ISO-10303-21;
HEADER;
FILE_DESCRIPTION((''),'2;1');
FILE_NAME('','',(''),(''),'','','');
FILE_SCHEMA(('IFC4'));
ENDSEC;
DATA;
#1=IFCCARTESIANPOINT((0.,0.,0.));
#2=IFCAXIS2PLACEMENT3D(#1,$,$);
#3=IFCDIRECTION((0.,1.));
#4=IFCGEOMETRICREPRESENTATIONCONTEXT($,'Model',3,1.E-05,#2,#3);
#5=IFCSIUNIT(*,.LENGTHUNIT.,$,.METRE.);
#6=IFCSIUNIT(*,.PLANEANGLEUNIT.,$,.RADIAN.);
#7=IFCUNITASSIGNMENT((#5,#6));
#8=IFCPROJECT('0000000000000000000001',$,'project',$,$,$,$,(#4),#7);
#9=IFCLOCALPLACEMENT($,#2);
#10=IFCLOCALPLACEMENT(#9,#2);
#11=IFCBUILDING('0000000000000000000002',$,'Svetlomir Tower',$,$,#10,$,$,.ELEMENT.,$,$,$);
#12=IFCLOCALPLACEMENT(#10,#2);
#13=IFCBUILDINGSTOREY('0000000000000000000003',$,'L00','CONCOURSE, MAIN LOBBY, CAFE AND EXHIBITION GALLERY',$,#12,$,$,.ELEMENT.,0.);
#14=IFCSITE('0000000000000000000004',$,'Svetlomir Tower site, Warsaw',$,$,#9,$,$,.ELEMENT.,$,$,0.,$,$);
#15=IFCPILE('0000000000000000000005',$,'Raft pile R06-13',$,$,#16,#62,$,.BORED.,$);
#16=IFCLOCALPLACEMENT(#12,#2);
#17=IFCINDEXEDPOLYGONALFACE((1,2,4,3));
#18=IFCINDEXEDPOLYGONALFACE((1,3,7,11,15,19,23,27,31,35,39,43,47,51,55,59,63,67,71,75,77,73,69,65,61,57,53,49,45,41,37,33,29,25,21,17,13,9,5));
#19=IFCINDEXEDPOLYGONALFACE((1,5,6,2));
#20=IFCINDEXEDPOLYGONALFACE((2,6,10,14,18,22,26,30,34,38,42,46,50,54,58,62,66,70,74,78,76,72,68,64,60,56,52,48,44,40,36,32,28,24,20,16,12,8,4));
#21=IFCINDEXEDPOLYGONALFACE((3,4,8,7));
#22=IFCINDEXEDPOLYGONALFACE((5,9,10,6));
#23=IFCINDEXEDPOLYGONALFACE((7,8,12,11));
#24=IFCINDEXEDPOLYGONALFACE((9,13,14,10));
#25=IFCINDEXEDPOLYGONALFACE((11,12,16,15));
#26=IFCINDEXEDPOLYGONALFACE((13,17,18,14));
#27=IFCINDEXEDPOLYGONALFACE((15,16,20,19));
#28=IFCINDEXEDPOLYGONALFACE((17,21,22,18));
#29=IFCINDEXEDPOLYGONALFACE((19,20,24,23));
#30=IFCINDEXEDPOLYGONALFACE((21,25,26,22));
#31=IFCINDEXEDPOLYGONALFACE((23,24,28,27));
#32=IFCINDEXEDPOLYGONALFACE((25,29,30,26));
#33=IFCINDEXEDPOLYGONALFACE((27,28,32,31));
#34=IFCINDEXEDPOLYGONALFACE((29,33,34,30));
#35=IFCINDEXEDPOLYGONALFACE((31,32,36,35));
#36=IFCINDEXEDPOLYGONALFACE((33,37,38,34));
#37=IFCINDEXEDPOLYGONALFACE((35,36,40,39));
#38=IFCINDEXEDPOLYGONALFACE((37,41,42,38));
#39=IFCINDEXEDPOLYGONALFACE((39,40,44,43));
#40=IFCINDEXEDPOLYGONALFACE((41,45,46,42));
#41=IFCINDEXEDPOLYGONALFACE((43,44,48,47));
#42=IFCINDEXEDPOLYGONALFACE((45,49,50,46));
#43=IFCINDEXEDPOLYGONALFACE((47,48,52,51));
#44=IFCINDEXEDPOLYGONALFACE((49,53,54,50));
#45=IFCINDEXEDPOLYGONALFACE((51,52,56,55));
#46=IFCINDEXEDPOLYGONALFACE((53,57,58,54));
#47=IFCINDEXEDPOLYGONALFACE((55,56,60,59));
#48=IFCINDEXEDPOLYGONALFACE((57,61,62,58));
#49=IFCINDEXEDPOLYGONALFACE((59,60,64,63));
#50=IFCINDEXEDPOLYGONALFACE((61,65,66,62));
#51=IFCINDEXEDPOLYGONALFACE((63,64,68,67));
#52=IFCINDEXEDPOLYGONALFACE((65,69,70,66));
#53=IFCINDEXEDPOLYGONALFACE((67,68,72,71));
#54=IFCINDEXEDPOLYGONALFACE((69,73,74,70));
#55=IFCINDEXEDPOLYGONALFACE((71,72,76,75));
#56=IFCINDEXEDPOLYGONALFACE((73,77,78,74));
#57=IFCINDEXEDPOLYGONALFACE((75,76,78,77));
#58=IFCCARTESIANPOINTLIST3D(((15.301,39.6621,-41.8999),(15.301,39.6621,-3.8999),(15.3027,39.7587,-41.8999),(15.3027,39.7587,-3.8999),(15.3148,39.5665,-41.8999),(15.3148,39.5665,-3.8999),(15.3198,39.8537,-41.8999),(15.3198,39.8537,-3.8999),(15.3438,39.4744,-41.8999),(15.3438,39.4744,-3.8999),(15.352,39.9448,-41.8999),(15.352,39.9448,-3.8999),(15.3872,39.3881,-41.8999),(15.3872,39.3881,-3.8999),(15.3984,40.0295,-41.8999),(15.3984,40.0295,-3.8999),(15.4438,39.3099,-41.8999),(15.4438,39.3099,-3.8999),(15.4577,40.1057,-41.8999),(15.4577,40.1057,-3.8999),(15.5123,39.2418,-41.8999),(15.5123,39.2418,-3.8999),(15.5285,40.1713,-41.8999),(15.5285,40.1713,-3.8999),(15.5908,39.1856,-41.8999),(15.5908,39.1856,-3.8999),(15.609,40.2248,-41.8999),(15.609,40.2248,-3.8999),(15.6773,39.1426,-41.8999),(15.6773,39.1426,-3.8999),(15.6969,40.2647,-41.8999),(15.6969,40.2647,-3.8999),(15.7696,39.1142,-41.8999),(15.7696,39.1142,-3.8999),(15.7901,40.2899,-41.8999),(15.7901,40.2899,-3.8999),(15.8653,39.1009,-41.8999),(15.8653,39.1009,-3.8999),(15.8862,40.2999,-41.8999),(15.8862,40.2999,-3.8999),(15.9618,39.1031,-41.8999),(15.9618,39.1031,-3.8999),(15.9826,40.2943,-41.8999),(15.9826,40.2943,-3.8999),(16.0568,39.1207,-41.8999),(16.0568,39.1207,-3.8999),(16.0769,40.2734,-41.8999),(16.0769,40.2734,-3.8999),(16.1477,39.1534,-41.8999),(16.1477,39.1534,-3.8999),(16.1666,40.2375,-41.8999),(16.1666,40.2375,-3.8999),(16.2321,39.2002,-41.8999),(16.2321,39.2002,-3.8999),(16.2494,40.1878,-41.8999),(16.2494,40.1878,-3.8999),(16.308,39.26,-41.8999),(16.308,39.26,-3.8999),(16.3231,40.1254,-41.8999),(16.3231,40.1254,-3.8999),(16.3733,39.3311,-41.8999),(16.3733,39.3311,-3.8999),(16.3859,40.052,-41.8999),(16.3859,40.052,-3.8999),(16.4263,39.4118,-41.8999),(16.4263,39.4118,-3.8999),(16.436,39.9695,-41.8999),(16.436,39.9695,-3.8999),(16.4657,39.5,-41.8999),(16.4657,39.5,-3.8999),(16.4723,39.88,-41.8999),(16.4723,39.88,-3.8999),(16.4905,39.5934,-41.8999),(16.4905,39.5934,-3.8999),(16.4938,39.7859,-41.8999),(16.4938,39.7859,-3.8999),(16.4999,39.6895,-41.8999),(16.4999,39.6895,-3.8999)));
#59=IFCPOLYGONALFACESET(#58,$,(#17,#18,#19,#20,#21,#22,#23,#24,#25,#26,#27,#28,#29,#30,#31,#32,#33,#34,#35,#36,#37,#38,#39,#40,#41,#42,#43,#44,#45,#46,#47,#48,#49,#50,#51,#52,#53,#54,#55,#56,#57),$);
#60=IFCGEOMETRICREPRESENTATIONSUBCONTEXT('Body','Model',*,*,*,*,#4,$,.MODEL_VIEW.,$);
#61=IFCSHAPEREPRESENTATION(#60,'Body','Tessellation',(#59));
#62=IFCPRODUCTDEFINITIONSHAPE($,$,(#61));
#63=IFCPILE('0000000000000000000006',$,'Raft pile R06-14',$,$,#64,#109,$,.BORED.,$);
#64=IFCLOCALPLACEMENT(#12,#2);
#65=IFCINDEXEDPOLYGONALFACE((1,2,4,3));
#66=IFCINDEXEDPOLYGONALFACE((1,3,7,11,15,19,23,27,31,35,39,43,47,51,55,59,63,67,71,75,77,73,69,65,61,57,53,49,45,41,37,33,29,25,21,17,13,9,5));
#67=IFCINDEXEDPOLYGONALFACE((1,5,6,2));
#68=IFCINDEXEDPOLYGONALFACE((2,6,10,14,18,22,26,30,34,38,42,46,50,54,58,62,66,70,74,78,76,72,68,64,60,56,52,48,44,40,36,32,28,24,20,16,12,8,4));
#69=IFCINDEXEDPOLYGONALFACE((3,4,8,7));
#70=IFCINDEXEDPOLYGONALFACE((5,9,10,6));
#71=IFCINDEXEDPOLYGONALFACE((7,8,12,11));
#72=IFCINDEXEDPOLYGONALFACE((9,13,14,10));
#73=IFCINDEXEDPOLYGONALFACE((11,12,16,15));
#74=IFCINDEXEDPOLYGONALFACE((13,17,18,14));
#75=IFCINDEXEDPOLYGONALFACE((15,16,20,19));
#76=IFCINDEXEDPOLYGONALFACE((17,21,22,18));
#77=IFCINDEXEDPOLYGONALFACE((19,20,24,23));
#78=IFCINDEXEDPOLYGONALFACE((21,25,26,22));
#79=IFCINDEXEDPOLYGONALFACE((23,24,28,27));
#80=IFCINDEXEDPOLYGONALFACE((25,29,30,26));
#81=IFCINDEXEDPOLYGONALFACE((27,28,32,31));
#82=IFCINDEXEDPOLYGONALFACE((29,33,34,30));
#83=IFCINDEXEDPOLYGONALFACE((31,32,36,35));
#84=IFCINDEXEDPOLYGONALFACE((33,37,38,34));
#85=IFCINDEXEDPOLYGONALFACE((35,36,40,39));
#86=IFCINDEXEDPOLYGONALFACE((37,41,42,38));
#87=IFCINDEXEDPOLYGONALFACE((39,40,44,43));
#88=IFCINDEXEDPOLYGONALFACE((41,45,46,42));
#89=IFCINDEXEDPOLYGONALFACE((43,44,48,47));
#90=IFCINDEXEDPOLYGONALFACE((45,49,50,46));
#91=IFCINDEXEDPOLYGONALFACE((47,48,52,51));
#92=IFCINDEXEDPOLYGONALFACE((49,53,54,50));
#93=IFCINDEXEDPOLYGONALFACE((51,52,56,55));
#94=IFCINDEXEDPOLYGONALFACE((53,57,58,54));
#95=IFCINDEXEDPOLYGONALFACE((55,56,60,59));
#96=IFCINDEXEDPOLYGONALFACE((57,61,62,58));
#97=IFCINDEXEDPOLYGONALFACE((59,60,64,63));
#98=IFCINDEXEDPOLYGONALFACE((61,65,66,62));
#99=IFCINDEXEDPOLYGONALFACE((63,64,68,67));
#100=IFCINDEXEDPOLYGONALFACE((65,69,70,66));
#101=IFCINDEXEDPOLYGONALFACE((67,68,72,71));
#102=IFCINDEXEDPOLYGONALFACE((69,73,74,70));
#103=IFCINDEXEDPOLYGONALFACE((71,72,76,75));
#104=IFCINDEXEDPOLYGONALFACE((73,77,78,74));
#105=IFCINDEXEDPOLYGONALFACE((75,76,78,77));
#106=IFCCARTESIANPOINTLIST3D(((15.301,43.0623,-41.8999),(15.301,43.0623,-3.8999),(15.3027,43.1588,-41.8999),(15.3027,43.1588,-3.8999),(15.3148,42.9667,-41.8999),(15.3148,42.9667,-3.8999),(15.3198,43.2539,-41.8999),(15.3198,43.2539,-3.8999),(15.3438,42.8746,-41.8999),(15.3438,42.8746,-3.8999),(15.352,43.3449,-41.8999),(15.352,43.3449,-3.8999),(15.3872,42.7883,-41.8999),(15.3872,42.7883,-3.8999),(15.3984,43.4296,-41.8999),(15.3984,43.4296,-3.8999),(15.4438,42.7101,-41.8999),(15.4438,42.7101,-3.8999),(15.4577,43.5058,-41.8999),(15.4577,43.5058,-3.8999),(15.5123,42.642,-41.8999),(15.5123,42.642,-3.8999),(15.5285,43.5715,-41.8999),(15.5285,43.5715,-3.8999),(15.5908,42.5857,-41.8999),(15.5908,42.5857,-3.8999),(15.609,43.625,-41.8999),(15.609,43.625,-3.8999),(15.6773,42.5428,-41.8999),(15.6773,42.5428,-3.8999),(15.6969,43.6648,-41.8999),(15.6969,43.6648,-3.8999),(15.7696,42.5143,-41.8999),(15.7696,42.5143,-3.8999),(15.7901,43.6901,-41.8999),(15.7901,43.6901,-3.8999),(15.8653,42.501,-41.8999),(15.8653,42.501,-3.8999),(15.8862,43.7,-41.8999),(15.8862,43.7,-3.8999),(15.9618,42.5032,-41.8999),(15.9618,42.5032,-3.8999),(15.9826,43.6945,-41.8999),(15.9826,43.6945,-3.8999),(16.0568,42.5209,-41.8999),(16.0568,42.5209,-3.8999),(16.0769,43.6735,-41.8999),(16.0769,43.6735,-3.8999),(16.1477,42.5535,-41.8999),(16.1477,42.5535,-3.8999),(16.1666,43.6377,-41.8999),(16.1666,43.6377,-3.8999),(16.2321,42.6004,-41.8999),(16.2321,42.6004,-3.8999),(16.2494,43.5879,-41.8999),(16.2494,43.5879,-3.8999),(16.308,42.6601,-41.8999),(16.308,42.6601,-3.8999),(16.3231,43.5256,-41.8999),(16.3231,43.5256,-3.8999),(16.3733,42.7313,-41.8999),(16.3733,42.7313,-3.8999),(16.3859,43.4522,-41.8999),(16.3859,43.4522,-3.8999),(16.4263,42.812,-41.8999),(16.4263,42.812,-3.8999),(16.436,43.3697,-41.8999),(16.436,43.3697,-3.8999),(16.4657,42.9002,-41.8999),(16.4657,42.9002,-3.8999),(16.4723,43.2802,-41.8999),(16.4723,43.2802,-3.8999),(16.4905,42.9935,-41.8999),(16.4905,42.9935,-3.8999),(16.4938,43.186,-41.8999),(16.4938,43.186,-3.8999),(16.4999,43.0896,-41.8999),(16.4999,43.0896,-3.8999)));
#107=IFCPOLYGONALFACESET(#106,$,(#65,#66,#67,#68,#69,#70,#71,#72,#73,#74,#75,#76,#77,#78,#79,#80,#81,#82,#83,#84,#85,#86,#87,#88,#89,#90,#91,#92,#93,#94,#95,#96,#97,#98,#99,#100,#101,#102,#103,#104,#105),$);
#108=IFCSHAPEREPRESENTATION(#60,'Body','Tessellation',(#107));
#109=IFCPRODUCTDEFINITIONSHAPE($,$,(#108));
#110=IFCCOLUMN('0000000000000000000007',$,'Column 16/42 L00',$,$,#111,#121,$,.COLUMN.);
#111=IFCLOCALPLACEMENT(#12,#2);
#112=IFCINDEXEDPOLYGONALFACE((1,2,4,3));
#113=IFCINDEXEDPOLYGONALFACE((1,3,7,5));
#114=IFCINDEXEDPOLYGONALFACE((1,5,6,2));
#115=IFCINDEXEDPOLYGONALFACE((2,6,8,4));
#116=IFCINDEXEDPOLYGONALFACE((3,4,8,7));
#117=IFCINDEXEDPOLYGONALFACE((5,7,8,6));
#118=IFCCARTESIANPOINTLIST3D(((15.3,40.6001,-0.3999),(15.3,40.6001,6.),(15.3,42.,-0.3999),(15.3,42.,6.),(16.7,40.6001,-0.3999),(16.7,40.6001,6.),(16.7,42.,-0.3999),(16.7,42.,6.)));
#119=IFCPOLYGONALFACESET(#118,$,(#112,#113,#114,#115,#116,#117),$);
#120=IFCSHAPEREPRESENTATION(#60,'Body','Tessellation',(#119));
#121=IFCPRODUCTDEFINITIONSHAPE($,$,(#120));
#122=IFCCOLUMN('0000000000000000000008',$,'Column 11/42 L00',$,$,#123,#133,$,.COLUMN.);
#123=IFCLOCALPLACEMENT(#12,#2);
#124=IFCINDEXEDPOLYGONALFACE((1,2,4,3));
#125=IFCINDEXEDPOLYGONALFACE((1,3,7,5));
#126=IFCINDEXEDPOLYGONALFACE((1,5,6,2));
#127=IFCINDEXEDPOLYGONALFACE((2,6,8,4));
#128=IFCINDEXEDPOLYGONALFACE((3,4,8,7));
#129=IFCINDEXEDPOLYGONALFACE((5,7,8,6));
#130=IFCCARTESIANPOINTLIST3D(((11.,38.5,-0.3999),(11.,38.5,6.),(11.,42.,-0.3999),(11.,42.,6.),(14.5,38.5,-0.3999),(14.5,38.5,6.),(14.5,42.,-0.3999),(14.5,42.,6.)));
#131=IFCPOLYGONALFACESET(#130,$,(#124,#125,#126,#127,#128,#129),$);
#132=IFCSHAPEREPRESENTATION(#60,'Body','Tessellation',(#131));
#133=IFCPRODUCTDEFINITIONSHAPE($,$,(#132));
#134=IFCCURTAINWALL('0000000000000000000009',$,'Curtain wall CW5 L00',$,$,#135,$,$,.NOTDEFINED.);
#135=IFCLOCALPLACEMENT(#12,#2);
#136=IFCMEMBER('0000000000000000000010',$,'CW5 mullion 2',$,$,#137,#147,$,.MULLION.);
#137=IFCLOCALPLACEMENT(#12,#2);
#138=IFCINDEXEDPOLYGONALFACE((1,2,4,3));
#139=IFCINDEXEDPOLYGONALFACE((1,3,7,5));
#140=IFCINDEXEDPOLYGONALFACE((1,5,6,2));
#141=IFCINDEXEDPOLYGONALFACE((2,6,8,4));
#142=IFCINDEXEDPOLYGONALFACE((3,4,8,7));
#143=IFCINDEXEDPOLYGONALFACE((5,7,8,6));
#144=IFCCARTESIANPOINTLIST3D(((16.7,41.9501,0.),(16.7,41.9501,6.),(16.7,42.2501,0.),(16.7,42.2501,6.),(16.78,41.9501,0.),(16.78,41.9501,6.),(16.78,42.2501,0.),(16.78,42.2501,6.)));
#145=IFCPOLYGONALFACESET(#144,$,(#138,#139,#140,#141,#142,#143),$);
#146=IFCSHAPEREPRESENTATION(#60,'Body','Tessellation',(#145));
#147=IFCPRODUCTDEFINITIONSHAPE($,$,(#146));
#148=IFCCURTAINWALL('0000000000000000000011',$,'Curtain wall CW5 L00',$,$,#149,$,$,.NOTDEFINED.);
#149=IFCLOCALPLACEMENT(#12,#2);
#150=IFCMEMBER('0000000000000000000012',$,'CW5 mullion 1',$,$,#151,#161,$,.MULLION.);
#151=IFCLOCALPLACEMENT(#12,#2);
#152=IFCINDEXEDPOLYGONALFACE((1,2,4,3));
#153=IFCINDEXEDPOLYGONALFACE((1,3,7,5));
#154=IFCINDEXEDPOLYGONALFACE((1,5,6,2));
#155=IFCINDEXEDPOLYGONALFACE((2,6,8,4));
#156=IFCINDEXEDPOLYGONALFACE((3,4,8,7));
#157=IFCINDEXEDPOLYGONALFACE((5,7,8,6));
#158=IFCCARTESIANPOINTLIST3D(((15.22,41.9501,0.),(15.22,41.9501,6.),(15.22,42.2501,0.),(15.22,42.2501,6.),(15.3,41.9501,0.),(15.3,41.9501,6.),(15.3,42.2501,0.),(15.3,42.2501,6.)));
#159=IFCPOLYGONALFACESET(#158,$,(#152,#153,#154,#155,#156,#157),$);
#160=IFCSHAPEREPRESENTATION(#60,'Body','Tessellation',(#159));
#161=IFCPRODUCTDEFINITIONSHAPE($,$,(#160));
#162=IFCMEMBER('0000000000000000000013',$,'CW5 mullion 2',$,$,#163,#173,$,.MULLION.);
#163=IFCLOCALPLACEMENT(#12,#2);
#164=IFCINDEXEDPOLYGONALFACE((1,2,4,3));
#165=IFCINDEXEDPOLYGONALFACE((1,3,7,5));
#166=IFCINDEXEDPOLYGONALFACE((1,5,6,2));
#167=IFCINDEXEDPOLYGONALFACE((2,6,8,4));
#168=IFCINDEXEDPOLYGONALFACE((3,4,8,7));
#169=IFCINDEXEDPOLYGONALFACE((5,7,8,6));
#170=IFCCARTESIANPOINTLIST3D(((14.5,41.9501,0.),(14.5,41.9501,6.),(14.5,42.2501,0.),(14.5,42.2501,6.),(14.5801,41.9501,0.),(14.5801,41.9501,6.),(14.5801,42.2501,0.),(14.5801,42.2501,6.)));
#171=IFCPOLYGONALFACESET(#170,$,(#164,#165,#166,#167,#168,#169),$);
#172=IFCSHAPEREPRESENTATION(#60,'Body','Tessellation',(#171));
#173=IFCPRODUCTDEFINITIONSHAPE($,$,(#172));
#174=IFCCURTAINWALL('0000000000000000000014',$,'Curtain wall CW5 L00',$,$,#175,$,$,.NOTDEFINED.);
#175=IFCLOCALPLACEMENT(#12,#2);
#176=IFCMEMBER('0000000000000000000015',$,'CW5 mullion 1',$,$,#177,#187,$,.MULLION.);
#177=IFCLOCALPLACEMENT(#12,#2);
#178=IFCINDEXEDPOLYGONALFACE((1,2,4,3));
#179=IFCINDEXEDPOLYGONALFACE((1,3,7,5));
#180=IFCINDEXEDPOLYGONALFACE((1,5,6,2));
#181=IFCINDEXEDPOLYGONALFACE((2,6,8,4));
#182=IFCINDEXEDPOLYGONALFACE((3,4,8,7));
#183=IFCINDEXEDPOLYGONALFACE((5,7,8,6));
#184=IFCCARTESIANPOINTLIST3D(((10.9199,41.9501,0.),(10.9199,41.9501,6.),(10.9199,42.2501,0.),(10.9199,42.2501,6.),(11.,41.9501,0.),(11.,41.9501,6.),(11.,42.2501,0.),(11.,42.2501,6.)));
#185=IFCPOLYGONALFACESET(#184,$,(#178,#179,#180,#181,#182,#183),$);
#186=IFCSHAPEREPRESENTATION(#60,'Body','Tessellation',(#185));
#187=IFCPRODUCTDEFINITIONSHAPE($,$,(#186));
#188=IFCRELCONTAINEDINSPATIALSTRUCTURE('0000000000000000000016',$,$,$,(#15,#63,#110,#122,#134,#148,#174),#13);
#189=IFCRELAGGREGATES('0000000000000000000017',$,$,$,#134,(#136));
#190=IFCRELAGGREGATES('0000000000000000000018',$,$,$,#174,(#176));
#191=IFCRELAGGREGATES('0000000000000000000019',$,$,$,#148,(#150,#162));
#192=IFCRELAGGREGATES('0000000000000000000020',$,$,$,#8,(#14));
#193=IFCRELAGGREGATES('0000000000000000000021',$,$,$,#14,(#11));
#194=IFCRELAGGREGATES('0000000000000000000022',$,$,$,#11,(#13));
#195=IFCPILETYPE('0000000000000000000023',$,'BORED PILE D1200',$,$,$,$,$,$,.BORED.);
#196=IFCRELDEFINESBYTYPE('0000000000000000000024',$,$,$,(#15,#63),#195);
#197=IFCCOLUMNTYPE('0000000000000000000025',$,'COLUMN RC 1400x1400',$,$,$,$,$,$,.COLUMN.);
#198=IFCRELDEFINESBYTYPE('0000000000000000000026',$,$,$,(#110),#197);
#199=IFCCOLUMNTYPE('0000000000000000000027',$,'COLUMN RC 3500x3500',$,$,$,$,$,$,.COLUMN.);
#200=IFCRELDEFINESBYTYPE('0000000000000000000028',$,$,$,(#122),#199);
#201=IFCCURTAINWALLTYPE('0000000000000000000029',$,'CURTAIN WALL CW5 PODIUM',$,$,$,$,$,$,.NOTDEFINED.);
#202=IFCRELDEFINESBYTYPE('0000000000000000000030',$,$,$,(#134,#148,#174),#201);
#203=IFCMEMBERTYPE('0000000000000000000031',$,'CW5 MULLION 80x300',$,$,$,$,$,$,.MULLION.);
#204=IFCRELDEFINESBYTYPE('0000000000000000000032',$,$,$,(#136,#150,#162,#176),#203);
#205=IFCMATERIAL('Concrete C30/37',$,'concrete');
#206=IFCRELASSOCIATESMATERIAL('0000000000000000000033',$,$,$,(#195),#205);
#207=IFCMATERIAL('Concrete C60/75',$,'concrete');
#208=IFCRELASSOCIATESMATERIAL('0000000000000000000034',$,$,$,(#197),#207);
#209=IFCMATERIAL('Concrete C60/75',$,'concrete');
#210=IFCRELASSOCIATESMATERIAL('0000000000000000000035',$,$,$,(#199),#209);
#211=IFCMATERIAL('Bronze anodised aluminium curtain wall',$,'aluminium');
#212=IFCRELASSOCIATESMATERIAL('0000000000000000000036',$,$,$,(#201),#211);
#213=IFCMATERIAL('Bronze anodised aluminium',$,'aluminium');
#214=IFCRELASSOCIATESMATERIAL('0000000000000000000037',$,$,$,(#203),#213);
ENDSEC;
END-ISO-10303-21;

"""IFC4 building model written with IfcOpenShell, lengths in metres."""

from ifc_helpers import new_model, si_unit, direction, frame, frame_2d, origin, origin_2d, place, context, subcontext, project, spatial, rectangle, circle, extrude, material, material_profile, profile_set, type_object, element, aggregate, save


model = new_model("IFC4")

# Units and contexts
model_context = context("Model", 3, precision=1e-05, world=origin(), true_north=direction((0.0, 1.0)))
body_context = subcontext(model_context, "Body", "Model", "MODEL_VIEW")
ifc_project = project(units=[si_unit("LENGTHUNIT", "METRE"), si_unit("PLANEANGLEUNIT", "RADIAN")], contexts=[model_context])

# Site, building, storey
site_placement = place(None, origin())
site = spatial("IfcSite", under=ifc_project, at=site_placement, Name="Svetlomir Tower site, Warsaw", CompositionType="ELEMENT", RefElevation=0.0)
building_placement = place(site_placement, origin())
building = spatial("IfcBuilding", under=site, at=building_placement, Name="Svetlomir Tower", CompositionType="ELEMENT")
storey_placement = place(building_placement, origin())
storey = spatial("IfcBuildingStorey", under=building, at=storey_placement, Name="L00", Description="CONCOURSE, MAIN LOBBY, CAFE AND EXHIBITION GALLERY", CompositionType="ELEMENT", Elevation=0.0)

# Piles
ifc_material_1 = material(Name="Concrete C30/37", Category="concrete")
ifc_material_profile_1 = material_profile(ifc_material_1, circle(Radius=0.6001, at=origin_2d()), Name="D1200")
ifc_profile_set_1 = profile_set([ifc_material_profile_1], Name="Concrete C30/37")
pile_type = type_object("IfcPileType", Name="BORED PILE D1200", PredefinedType="BORED", material=ifc_profile_set_1)
for number, where, z_axis, x_axis, name in (
    (1, (15.8999, 39.7, -3.8999), (0.0, 0.0, -1.0), (1.0, 0.0, 0.0), "Raft pile R06-13"),
    (2, (15.8999, 43.1001, -3.8999), (0.0, 0.0, -1.0), (1.0, 0.0, 0.0), "Raft pile R06-14"),
):
    element("IfcPile", number, at=place(storey_placement, frame(where, z_axis=z_axis, x_axis=x_axis)), inside=storey, type_object=pile_type, Name=name, PredefinedType="BORED", context=body_context, shape_type="SweptSolid", body=[
        extrude(circle(Radius=0.6001, at=frame_2d((0.0, 0.0), x_axis=(0.999848, 0.017452))), origin(), (0.0, 0.0, 1.0), 38.0),
    ])

# Columns
ifc_material_2 = material(Name="Concrete C60/75", Category="concrete")
ifc_material_profile_2 = material_profile(ifc_material_2, rectangle(XDim=1.3999, YDim=1.3999, at=origin_2d()), Name="RC 1400x1400")
ifc_profile_set_2 = profile_set([ifc_material_profile_2], Name="Concrete C60/75")
column_type_1 = type_object("IfcColumnType", Name="COLUMN RC 1400x1400", PredefinedType="COLUMN", material=ifc_profile_set_2)
column_1_placement = place(storey_placement, frame((16.0, 41.3, -0.3999), z_axis=(0.0, 0.0, 1.0), x_axis=(1.0, 0.0, 0.0)))
element("IfcColumn", 3, at=column_1_placement, inside=storey, type_object=column_type_1, Name="Column 16/42 L00", PredefinedType="COLUMN", context=body_context, shape_type="SweptSolid", body=[
    extrude(rectangle(XDim=1.3999, YDim=1.3999, at=origin_2d()), origin(), (0.0, 0.0, 1.0), 6.3999),
])
ifc_material_3 = material(Name="Concrete C60/75", Category="concrete")
ifc_material_profile_3 = material_profile(ifc_material_3, rectangle(XDim=3.5, YDim=3.5, at=origin_2d()), Name="RC 3500x3500")
ifc_profile_set_3 = profile_set([ifc_material_profile_3], Name="Concrete C60/75")
column_type_2 = type_object("IfcColumnType", Name="COLUMN RC 3500x3500", PredefinedType="COLUMN", material=ifc_profile_set_3)
column_2_placement = place(storey_placement, frame((12.75, 40.25, -0.3999), z_axis=(0.0, 0.0, 1.0), x_axis=(1.0, 0.0, 0.0)))
element("IfcColumn", 4, at=column_2_placement, inside=storey, type_object=column_type_2, Name="Column 11/42 L00", PredefinedType="COLUMN", context=body_context, shape_type="SweptSolid", body=[
    extrude(rectangle(XDim=3.5, YDim=3.5, at=origin_2d()), origin(), (0.0, 0.0, 1.0), 6.3999),
])

# Curtain wall, member
ifc_material_4 = material(Name="Bronze anodised aluminium curtain wall", Category="aluminium")
curtain_wall_type = type_object("IfcCurtainWallType", Name="CURTAIN WALL CW5 PODIUM", PredefinedType="NOTDEFINED", material=ifc_material_4)
curtain_wall_1_placement = place(storey_placement, origin())
curtain_wall_1 = element("IfcCurtainWall", 5, at=curtain_wall_1_placement, inside=storey, type_object=curtain_wall_type, Name="Curtain wall CW5 L00", PredefinedType="NOTDEFINED")
ifc_material_5 = material(Name="Bronze anodised aluminium", Category="aluminium")
ifc_material_profile_4 = material_profile(ifc_material_5, rectangle(XDim=0.0801, YDim=0.3, at=origin_2d()), Name="AL 80x300")
ifc_profile_set_4 = profile_set([ifc_material_profile_4], Name="Bronze anodised aluminium 6063-T6")
member_type_1 = type_object("IfcMemberType", Name="CW5 MULLION 80x300", PredefinedType="MULLION", material=ifc_profile_set_4)
member_1_placement = place(storey_placement, frame((16.74, 42.1001, 0.0), z_axis=(0.0, 0.0, 1.0), x_axis=(-1.0, 0.0, 0.0)))
member_1 = element("IfcMember", 6, at=member_1_placement, type_object=member_type_1, Name="CW5 mullion 2", PredefinedType="MULLION", context=body_context, shape_type="SweptSolid", body=[
    extrude(rectangle(XDim=0.0801, YDim=0.3, at=origin_2d()), origin(), (0.0, 0.0, 1.0), 6.0),
])
aggregate(curtain_wall_1, [member_1])

# Curtain wall, members
curtain_wall_2_placement = place(storey_placement, origin())
curtain_wall_2 = element("IfcCurtainWall", 7, at=curtain_wall_2_placement, inside=storey, type_object=curtain_wall_type, Name="Curtain wall CW5 L00", PredefinedType="NOTDEFINED")
member_2_placement = place(storey_placement, frame((15.26, 42.1001, 0.0), z_axis=(0.0, 0.0, 1.0), x_axis=(-1.0, 0.0, 0.0)))
member_2 = element("IfcMember", 8, at=member_2_placement, type_object=member_type_1, Name="CW5 mullion 1", PredefinedType="MULLION", context=body_context, shape_type="SweptSolid", body=[
    extrude(rectangle(XDim=0.0801, YDim=0.3, at=origin_2d()), origin(), (0.0, 0.0, 1.0), 6.0),
])
member_3_placement = place(storey_placement, frame((14.54, 42.1001, 0.0), z_axis=(0.0, 0.0, 1.0), x_axis=(-1.0, 0.0, 0.0)))
member_3 = element("IfcMember", 9, at=member_3_placement, type_object=member_type_1, Name="CW5 mullion 2", PredefinedType="MULLION", context=body_context, shape_type="SweptSolid", body=[
    extrude(rectangle(XDim=0.0801, YDim=0.3, at=origin_2d()), origin(), (0.0, 0.0, 1.0), 6.0),
])

# Curtain wall, member
curtain_wall_3_placement = place(storey_placement, origin())
curtain_wall_3 = element("IfcCurtainWall", 10, at=curtain_wall_3_placement, inside=storey, type_object=curtain_wall_type, Name="Curtain wall CW5 L00", PredefinedType="NOTDEFINED")
member_4_placement = place(storey_placement, frame((10.96, 42.1001, 0.0), z_axis=(0.0, 0.0, 1.0), x_axis=(-1.0, 0.0, 0.0)))
member_4 = element("IfcMember", 11, at=member_4_placement, type_object=member_type_1, Name="CW5 mullion 1", PredefinedType="MULLION", context=body_context, shape_type="SweptSolid", body=[
    extrude(rectangle(XDim=0.0801, YDim=0.3, at=origin_2d()), origin(), (0.0, 0.0, 1.0), 6.0),
])

aggregate(curtain_wall_3, [member_4])

aggregate(curtain_wall_2, [member_2, member_3])

save(model, "model.ifc")
